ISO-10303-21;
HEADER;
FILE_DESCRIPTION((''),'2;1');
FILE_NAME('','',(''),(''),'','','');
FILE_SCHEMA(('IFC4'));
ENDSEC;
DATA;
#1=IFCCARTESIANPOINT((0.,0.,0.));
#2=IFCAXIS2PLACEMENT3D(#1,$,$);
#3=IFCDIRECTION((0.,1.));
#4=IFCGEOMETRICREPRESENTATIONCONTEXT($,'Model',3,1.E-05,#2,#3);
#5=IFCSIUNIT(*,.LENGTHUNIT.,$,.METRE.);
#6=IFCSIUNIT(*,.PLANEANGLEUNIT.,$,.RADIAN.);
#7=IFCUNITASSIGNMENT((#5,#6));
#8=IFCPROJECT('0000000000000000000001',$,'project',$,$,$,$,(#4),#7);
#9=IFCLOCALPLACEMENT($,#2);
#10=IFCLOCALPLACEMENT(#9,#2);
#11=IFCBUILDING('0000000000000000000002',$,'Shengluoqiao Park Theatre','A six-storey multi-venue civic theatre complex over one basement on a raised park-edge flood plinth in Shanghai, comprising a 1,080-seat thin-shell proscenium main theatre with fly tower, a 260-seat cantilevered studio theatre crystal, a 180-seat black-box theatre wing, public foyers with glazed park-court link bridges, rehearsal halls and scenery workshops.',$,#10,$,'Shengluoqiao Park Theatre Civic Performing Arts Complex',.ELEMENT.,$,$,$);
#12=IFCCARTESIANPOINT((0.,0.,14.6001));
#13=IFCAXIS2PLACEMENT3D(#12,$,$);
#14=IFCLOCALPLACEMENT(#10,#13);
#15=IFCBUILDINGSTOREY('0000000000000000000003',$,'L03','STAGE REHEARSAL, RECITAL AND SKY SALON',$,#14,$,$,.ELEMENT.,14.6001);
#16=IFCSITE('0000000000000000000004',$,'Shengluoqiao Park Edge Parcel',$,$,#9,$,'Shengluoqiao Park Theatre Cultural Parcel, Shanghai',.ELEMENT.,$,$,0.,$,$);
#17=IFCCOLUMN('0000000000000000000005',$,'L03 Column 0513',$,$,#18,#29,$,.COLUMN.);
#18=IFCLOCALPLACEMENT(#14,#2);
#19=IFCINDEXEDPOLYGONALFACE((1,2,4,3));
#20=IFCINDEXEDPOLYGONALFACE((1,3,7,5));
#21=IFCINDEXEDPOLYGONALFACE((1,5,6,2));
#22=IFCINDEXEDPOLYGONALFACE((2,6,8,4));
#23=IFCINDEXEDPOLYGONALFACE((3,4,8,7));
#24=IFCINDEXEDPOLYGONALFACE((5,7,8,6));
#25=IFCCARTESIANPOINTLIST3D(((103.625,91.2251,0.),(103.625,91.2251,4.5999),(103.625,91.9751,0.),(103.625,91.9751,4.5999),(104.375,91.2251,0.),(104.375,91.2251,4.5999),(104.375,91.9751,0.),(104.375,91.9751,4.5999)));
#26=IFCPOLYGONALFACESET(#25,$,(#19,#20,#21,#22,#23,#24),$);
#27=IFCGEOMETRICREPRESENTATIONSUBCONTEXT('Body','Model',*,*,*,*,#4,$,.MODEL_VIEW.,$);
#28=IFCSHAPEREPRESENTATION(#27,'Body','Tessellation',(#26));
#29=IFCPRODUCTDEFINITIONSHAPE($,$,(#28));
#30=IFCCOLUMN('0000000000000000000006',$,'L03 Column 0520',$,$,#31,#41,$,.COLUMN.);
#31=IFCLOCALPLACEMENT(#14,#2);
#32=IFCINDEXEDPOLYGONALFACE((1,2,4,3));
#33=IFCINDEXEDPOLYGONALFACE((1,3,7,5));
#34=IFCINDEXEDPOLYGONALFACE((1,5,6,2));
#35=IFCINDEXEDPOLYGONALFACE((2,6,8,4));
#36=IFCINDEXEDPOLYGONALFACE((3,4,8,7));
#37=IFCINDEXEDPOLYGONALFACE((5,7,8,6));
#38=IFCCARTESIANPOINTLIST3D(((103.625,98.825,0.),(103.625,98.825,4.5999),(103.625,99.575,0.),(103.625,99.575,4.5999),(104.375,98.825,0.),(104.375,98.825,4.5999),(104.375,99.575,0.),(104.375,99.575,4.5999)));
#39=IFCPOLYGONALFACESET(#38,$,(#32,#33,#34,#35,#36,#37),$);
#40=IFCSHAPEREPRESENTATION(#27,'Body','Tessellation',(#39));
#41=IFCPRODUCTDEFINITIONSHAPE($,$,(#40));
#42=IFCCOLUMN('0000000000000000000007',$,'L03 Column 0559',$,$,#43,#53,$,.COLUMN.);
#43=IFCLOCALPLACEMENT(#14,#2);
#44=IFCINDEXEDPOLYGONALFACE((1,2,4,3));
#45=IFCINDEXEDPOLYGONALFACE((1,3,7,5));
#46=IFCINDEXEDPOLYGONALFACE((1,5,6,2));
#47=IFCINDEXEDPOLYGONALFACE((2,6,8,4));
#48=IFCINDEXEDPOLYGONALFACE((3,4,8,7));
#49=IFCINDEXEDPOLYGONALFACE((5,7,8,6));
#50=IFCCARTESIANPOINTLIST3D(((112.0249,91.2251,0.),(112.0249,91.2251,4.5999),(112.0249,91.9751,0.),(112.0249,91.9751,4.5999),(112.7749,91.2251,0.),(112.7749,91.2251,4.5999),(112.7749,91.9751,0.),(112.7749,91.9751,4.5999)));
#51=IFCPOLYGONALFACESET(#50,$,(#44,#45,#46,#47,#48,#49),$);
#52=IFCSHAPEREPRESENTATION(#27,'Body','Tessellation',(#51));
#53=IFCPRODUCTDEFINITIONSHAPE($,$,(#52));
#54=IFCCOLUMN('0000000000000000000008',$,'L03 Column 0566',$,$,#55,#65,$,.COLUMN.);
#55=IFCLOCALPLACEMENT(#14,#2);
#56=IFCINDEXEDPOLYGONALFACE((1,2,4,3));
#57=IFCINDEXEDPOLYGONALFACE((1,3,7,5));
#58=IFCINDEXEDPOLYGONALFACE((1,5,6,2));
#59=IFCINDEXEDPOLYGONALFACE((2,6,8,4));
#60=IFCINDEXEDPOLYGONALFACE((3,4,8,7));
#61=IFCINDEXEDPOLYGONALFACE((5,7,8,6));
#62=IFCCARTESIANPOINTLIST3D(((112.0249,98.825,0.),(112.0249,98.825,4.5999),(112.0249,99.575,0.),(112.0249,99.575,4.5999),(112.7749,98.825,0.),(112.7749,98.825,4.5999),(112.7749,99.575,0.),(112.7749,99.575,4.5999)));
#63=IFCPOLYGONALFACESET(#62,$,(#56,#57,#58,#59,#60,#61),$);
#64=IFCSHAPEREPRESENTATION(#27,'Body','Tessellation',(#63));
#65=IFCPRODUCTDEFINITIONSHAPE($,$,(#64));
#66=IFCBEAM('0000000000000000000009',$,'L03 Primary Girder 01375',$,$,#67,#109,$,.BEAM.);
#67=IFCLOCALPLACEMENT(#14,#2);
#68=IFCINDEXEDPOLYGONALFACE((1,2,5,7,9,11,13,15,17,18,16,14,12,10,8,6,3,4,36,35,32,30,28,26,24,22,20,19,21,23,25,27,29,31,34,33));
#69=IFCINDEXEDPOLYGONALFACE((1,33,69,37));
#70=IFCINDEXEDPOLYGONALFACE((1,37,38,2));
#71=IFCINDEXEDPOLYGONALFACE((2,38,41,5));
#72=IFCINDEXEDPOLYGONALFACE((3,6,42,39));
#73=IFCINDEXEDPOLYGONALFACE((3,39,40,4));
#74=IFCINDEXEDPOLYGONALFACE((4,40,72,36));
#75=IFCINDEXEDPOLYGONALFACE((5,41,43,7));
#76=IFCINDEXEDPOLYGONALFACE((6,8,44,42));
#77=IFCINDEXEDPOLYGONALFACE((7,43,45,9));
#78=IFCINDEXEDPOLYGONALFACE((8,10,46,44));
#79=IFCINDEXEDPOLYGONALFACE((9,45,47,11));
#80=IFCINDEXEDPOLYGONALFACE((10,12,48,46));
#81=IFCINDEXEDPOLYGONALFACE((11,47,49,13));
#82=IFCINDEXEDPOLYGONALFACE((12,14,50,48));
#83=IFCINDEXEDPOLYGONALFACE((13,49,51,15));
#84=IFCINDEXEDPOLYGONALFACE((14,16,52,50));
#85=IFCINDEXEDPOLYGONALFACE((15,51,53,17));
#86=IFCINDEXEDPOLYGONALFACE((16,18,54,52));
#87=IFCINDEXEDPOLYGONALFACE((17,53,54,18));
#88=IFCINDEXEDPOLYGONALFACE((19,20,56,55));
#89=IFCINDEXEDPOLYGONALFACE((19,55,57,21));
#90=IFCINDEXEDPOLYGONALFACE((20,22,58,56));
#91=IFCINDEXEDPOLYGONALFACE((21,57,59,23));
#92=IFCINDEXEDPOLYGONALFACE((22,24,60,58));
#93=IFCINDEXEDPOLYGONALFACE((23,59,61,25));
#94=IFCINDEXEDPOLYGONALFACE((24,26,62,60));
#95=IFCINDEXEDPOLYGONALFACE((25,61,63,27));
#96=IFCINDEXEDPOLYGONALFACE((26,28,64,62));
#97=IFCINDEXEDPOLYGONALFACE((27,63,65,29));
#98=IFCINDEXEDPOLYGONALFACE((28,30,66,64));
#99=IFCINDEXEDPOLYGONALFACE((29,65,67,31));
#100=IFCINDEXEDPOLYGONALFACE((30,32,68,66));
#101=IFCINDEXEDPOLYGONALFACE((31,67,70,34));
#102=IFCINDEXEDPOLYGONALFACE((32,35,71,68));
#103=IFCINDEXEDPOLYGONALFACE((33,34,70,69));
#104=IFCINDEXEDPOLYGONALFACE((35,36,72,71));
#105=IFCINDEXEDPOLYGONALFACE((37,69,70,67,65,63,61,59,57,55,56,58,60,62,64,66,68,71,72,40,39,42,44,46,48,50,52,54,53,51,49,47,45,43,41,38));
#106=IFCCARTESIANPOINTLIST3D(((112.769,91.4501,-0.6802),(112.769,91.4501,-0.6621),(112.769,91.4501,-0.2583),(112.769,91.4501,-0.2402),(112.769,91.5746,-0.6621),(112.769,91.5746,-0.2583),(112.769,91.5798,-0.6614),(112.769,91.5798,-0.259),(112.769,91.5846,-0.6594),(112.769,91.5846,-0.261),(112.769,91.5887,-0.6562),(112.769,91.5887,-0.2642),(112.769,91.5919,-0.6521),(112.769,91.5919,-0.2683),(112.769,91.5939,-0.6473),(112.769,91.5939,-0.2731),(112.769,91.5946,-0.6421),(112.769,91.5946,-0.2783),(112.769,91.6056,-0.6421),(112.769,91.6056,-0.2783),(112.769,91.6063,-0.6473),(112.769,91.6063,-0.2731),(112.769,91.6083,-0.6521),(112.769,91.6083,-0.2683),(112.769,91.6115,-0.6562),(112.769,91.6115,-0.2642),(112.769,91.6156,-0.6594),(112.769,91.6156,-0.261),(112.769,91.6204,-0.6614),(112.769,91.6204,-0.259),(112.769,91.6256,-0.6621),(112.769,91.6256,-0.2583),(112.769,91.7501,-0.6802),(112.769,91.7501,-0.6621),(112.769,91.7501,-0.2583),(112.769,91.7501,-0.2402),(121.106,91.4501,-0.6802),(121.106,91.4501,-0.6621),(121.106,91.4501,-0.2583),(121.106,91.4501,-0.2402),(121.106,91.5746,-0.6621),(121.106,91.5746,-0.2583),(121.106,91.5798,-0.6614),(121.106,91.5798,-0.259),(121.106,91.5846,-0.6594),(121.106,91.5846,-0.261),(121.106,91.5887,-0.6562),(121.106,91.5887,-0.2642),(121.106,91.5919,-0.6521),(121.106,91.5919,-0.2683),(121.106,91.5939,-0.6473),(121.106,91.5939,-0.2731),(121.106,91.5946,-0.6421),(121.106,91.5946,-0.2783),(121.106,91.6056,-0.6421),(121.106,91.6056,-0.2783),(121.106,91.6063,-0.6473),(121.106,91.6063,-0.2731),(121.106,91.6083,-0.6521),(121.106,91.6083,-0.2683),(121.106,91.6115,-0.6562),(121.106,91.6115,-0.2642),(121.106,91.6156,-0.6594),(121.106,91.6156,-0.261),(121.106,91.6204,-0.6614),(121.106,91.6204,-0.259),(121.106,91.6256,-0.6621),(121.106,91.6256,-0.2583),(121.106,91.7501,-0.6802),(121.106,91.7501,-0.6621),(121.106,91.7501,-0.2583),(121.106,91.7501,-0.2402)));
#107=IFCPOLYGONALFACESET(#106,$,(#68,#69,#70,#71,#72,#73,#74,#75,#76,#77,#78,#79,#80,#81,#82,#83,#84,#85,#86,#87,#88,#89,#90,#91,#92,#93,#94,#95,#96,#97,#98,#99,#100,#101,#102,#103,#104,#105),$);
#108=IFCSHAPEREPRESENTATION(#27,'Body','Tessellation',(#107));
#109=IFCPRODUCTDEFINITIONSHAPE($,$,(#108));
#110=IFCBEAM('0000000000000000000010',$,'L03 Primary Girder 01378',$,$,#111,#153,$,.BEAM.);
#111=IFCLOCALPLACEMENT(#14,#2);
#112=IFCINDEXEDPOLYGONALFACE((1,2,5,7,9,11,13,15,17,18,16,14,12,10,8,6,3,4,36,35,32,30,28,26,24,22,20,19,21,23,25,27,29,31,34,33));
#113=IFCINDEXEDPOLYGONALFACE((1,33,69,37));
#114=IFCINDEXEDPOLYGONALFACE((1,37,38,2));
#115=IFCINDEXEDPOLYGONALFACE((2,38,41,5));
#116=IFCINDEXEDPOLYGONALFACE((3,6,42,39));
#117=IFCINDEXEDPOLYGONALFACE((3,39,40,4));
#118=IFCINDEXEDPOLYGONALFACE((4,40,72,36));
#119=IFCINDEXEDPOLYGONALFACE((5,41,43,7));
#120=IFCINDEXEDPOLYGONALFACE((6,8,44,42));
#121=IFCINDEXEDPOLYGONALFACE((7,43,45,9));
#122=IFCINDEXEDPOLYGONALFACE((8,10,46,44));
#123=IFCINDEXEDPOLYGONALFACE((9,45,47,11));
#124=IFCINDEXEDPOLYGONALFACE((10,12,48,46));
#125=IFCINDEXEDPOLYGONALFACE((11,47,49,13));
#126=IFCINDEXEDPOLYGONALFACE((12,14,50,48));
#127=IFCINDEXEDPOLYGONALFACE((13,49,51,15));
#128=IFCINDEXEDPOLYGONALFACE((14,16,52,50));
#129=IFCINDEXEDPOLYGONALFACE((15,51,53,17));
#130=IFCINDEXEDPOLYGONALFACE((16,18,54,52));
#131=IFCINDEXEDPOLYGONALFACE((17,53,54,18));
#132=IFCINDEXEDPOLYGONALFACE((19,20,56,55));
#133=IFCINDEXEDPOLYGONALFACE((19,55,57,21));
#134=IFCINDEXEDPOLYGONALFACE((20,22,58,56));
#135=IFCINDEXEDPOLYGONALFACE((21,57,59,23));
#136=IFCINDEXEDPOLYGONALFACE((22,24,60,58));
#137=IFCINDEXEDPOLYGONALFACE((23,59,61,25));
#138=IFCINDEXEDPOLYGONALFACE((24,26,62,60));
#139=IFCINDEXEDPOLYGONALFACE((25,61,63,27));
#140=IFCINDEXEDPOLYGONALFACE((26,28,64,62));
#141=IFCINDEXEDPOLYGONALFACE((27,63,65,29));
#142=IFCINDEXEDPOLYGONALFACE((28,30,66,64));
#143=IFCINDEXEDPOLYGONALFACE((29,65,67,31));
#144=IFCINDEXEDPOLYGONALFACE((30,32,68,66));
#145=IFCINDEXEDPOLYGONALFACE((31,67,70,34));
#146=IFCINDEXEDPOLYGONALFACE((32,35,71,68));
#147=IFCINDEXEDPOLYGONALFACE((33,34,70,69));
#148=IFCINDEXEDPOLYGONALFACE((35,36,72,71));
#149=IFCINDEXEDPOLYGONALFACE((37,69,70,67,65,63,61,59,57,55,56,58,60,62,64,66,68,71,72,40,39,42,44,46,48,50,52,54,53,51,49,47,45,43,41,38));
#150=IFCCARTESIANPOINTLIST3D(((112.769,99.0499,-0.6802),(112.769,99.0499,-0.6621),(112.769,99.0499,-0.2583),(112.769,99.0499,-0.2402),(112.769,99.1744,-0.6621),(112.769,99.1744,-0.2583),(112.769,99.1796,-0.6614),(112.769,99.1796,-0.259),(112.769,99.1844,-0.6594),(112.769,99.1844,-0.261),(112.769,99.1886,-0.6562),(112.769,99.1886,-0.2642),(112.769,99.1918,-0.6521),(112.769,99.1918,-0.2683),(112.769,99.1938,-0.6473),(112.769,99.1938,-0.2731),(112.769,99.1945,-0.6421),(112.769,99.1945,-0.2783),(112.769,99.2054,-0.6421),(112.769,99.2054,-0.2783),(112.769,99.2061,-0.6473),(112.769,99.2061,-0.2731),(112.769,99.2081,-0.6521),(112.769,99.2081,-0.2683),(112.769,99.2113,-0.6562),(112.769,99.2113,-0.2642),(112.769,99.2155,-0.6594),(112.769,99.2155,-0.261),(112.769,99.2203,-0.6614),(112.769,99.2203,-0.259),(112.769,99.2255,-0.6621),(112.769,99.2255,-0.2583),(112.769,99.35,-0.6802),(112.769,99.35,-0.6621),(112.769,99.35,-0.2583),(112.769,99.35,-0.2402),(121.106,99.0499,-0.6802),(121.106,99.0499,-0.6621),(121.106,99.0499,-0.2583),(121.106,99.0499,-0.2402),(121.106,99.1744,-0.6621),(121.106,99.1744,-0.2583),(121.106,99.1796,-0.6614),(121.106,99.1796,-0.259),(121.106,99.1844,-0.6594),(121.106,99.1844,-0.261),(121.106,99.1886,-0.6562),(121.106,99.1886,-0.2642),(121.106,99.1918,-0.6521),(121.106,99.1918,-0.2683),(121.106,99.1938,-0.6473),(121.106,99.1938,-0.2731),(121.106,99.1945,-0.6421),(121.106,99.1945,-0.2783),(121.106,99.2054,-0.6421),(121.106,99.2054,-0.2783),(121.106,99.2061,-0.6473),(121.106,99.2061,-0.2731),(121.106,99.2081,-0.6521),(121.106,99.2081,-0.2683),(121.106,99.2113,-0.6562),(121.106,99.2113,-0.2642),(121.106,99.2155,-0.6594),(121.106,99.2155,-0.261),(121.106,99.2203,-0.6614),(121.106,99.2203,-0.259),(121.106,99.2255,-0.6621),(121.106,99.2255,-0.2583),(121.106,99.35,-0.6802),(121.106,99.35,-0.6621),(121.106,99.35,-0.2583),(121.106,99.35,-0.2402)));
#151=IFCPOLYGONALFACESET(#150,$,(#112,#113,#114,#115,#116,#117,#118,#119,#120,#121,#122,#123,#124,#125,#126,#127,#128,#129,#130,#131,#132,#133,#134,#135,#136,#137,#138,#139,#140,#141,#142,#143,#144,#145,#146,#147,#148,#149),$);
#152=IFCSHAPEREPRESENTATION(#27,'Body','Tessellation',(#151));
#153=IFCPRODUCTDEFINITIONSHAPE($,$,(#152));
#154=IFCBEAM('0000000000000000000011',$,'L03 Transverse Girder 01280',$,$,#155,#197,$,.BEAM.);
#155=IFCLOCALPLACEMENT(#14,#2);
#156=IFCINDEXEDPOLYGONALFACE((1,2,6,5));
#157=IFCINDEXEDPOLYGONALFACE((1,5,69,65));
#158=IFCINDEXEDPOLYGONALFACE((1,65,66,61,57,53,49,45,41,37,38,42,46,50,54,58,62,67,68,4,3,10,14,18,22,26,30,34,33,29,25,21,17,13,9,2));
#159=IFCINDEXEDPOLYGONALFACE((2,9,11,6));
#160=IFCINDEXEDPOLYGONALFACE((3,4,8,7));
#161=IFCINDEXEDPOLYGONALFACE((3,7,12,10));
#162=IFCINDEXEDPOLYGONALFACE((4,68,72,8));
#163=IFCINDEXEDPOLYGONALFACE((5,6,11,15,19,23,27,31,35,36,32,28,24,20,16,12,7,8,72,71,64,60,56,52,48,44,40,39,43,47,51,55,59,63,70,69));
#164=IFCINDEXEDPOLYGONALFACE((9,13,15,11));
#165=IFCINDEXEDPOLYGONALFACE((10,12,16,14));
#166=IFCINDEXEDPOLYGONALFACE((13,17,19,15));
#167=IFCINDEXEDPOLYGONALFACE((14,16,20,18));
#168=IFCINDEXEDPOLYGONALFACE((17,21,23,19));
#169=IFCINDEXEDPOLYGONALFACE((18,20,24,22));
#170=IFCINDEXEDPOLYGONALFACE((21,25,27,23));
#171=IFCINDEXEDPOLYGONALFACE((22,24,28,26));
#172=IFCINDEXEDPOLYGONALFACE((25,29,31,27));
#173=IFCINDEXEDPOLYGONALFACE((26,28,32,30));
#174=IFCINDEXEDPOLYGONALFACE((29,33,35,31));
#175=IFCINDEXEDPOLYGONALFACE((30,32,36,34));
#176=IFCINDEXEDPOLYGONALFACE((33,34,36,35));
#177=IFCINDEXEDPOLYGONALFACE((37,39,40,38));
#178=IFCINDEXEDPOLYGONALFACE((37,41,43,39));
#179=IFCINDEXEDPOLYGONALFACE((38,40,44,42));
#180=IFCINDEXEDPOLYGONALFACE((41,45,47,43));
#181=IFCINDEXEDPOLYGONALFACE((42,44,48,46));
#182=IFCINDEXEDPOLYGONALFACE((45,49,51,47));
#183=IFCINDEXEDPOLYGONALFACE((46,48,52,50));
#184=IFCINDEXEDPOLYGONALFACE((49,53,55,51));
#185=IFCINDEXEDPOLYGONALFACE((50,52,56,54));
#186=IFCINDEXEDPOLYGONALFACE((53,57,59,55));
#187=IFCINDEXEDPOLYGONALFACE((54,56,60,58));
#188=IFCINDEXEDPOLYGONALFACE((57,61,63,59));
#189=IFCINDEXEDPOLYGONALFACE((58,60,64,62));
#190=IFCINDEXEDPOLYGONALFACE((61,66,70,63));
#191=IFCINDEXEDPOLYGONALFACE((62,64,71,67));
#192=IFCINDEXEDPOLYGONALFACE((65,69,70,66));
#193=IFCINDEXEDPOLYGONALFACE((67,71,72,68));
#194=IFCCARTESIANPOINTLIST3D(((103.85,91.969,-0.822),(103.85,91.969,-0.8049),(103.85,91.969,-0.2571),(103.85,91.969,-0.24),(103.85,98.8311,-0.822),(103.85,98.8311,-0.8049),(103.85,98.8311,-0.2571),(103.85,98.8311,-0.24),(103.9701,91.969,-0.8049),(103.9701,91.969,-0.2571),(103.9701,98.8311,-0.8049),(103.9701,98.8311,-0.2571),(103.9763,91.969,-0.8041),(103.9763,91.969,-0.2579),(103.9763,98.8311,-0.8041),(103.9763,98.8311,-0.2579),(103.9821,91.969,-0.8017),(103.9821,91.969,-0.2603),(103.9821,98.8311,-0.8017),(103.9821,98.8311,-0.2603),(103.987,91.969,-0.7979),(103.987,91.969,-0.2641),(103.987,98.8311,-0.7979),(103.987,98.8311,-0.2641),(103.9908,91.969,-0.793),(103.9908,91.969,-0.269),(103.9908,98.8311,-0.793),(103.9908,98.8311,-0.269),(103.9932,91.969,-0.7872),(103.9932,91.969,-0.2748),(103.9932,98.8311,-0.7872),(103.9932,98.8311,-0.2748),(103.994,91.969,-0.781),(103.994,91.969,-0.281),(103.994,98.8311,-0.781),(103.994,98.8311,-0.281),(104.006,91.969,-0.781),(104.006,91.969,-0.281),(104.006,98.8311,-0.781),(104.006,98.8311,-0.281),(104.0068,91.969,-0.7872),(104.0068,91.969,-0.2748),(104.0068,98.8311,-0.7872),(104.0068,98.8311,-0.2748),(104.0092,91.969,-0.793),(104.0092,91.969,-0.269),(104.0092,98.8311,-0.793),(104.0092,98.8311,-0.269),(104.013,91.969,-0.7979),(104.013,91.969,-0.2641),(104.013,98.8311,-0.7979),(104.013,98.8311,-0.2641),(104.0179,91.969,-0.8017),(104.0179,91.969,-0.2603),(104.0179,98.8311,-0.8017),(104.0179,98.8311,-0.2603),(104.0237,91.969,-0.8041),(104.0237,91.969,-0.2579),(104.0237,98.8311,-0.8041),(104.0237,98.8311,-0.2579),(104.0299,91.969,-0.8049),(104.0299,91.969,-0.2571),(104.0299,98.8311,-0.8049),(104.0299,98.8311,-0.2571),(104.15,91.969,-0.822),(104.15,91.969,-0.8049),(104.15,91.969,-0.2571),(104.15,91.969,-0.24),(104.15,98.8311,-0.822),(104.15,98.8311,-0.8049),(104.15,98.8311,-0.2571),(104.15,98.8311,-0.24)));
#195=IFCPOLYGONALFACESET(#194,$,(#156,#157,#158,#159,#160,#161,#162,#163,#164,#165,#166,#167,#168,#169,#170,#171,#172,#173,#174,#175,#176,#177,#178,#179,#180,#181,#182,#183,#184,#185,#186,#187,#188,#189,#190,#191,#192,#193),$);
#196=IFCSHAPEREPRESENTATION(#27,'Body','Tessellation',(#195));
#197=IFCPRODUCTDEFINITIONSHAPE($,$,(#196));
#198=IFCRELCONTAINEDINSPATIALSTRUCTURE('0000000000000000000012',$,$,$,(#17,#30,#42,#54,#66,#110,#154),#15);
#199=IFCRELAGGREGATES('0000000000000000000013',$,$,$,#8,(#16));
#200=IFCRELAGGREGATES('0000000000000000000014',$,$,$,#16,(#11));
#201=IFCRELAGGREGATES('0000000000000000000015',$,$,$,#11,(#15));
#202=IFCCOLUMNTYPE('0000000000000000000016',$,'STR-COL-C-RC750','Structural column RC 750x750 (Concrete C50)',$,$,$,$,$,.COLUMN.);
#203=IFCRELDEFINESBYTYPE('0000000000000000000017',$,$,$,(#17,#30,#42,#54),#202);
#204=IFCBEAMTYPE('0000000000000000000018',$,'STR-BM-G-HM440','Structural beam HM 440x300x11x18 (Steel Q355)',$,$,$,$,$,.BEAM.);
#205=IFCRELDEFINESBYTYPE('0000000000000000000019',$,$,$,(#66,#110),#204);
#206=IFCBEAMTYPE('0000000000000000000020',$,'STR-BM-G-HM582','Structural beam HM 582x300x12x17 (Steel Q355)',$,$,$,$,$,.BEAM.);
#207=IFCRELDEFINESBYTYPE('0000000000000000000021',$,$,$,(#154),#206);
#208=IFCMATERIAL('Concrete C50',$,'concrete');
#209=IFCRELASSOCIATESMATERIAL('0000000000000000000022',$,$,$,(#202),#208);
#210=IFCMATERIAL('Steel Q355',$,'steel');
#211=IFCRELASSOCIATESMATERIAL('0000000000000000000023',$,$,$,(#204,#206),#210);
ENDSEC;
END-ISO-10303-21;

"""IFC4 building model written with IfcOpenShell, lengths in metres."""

from ifc_helpers import new_model, si_unit, direction, frame, origin, origin_2d, place, context, subcontext, project, spatial, rectangle, i_section, extrude, material, material_profile, profile_set, type_object, element, save


model = new_model("IFC4")

# Units and contexts
model_context = context("Model", 3, precision=1e-05, world=origin(), true_north=direction((0.0, 1.0)))
body_context = subcontext(model_context, "Body", "Model", "MODEL_VIEW")
ifc_project = project(units=[si_unit("LENGTHUNIT", "METRE"), si_unit("PLANEANGLEUNIT", "RADIAN")], contexts=[model_context])

# Site, building, storey
site_placement = place(None, origin())
site = spatial("IfcSite", under=ifc_project, at=site_placement, Name="Shengluoqiao Park Edge Parcel", LongName="Shengluoqiao Park Theatre Cultural Parcel, Shanghai", CompositionType="ELEMENT", RefElevation=0.0)
building_placement = place(site_placement, origin())
building = spatial("IfcBuilding", under=site, at=building_placement, Name="Shengluoqiao Park Theatre", Description="A six-storey multi-venue civic theatre complex over one basement on a raised park-edge flood plinth in Shanghai, comprising a 1,080-seat thin-shell proscenium main theatre with fly tower, a 260-seat cantilevered studio theatre crystal, a 180-seat black-box theatre wing, public foyers with glazed park-court link bridges, rehearsal halls and scenery workshops.", LongName="Shengluoqiao Park Theatre Civic Performing Arts Complex", CompositionType="ELEMENT")
storey_placement = place(building_placement, frame((0.0, 0.0, 14.6001)))
storey = spatial("IfcBuildingStorey", under=building, at=storey_placement, Name="L03", Description="STAGE REHEARSAL, RECITAL AND SKY SALON", CompositionType="ELEMENT", Elevation=14.6001)

# Columns
ifc_material_1 = material(Name="Concrete C50", Category="concrete")
ifc_material_profile_1 = material_profile(ifc_material_1, rectangle(XDim=0.75, YDim=0.75, at=origin_2d()), Name="RC 750x750")
ifc_profile_set_1 = profile_set([ifc_material_profile_1], Name="Concrete C50")
column_type = type_object("IfcColumnType", Name="STR-COL-C-RC750", Description="Structural column RC 750x750 (Concrete C50)", PredefinedType="COLUMN", material=ifc_profile_set_1)
for number, where, z_axis, x_axis, name in (
    (1, (104.0, 91.6001, 0.0), (0.0, 0.0, 1.0), (1.0, 0.0, 0.0), "L03 Column 0513"),
    (2, (104.0, 99.2, 0.0), (0.0, 0.0, 1.0), (1.0, 0.0, 0.0), "L03 Column 0520"),
    (3, (112.3999, 91.6001, 0.0), (0.0, 0.0, 1.0), (1.0, 0.0, 0.0), "L03 Column 0559"),
    (4, (112.3999, 99.2, 0.0), (0.0, 0.0, 1.0), (1.0, 0.0, 0.0), "L03 Column 0566"),
):
    element("IfcColumn", number, at=place(storey_placement, frame(where, z_axis=z_axis, x_axis=x_axis)), inside=storey, type_object=column_type, Name=name, PredefinedType="COLUMN", context=body_context, shape_type="SweptSolid", body=[
        extrude(rectangle(XDim=0.75, YDim=0.75, at=origin_2d()), origin(), (0.0, 0.0, 1.0), 4.5999),
    ])

# Beams
ifc_material_2 = material(Name="Steel Q355", Category="steel")
ifc_material_profile_2 = material_profile(ifc_material_2, i_section(OverallWidth=0.3, OverallDepth=0.4399, WebThickness=0.011, FlangeThickness=0.0181, FilletRadius=0.02, at=origin_2d()), Name="HM 440x300x11x18")
ifc_profile_set_2 = profile_set([ifc_material_profile_2], Name="Steel Q355")
beam_type_1 = type_object("IfcBeamType", Name="STR-BM-G-HM440", Description="Structural beam HM 440x300x11x18 (Steel Q355)", PredefinedType="BEAM", material=ifc_profile_set_2)
for number, where, z_axis, x_axis, name in (
    (5, (112.769, 91.6001, -0.4602), (1.0, 0.0, 0.0), (0.0, 1.0, 0.0), "L03 Primary Girder 01375"),
    (6, (112.769, 99.2, -0.4602), (1.0, 0.0, 0.0), (0.0, 1.0, 0.0), "L03 Primary Girder 01378"),
):
    element("IfcBeam", number, at=place(storey_placement, frame(where, z_axis=z_axis, x_axis=x_axis)), inside=storey, type_object=beam_type_1, Name=name, PredefinedType="BEAM", context=body_context, shape_type="SweptSolid", body=[
        extrude(i_section(OverallWidth=0.3, OverallDepth=0.4399, WebThickness=0.011, FlangeThickness=0.0181, FilletRadius=0.02, at=origin_2d()), origin(), (0.0, 0.0, 1.0), 8.3369),
    ])
ifc_material_profile_3 = material_profile(ifc_material_2, i_section(OverallWidth=0.3, OverallDepth=0.582, WebThickness=0.012, FlangeThickness=0.0171, FilletRadius=0.0239, at=origin_2d()), Name="HM 582x300x12x17")
ifc_profile_set_3 = profile_set([ifc_material_profile_3], Name="Steel Q355")
beam_type_2 = type_object("IfcBeamType", Name="STR-BM-G-HM582", Description="Structural beam HM 582x300x12x17 (Steel Q355)", PredefinedType="BEAM", material=ifc_profile_set_3)
for number, where, z_axis, x_axis, name in (
    (7, (104.0, 91.969, -0.531), (0.0, 1.0, 0.0), (-1.0, 0.0, 0.0), "L03 Transverse Girder 01280"),
):
    element("IfcBeam", number, at=place(storey_placement, frame(where, z_axis=z_axis, x_axis=x_axis)), inside=storey, type_object=beam_type_2, Name=name, PredefinedType="BEAM", context=body_context, shape_type="SweptSolid", body=[
        extrude(i_section(OverallWidth=0.3, OverallDepth=0.582, WebThickness=0.012, FlangeThickness=0.0171, FilletRadius=0.0239, at=origin_2d()), origin(), (0.0, 0.0, 1.0), 6.8621),
    ])

save(model, "model.ifc")
